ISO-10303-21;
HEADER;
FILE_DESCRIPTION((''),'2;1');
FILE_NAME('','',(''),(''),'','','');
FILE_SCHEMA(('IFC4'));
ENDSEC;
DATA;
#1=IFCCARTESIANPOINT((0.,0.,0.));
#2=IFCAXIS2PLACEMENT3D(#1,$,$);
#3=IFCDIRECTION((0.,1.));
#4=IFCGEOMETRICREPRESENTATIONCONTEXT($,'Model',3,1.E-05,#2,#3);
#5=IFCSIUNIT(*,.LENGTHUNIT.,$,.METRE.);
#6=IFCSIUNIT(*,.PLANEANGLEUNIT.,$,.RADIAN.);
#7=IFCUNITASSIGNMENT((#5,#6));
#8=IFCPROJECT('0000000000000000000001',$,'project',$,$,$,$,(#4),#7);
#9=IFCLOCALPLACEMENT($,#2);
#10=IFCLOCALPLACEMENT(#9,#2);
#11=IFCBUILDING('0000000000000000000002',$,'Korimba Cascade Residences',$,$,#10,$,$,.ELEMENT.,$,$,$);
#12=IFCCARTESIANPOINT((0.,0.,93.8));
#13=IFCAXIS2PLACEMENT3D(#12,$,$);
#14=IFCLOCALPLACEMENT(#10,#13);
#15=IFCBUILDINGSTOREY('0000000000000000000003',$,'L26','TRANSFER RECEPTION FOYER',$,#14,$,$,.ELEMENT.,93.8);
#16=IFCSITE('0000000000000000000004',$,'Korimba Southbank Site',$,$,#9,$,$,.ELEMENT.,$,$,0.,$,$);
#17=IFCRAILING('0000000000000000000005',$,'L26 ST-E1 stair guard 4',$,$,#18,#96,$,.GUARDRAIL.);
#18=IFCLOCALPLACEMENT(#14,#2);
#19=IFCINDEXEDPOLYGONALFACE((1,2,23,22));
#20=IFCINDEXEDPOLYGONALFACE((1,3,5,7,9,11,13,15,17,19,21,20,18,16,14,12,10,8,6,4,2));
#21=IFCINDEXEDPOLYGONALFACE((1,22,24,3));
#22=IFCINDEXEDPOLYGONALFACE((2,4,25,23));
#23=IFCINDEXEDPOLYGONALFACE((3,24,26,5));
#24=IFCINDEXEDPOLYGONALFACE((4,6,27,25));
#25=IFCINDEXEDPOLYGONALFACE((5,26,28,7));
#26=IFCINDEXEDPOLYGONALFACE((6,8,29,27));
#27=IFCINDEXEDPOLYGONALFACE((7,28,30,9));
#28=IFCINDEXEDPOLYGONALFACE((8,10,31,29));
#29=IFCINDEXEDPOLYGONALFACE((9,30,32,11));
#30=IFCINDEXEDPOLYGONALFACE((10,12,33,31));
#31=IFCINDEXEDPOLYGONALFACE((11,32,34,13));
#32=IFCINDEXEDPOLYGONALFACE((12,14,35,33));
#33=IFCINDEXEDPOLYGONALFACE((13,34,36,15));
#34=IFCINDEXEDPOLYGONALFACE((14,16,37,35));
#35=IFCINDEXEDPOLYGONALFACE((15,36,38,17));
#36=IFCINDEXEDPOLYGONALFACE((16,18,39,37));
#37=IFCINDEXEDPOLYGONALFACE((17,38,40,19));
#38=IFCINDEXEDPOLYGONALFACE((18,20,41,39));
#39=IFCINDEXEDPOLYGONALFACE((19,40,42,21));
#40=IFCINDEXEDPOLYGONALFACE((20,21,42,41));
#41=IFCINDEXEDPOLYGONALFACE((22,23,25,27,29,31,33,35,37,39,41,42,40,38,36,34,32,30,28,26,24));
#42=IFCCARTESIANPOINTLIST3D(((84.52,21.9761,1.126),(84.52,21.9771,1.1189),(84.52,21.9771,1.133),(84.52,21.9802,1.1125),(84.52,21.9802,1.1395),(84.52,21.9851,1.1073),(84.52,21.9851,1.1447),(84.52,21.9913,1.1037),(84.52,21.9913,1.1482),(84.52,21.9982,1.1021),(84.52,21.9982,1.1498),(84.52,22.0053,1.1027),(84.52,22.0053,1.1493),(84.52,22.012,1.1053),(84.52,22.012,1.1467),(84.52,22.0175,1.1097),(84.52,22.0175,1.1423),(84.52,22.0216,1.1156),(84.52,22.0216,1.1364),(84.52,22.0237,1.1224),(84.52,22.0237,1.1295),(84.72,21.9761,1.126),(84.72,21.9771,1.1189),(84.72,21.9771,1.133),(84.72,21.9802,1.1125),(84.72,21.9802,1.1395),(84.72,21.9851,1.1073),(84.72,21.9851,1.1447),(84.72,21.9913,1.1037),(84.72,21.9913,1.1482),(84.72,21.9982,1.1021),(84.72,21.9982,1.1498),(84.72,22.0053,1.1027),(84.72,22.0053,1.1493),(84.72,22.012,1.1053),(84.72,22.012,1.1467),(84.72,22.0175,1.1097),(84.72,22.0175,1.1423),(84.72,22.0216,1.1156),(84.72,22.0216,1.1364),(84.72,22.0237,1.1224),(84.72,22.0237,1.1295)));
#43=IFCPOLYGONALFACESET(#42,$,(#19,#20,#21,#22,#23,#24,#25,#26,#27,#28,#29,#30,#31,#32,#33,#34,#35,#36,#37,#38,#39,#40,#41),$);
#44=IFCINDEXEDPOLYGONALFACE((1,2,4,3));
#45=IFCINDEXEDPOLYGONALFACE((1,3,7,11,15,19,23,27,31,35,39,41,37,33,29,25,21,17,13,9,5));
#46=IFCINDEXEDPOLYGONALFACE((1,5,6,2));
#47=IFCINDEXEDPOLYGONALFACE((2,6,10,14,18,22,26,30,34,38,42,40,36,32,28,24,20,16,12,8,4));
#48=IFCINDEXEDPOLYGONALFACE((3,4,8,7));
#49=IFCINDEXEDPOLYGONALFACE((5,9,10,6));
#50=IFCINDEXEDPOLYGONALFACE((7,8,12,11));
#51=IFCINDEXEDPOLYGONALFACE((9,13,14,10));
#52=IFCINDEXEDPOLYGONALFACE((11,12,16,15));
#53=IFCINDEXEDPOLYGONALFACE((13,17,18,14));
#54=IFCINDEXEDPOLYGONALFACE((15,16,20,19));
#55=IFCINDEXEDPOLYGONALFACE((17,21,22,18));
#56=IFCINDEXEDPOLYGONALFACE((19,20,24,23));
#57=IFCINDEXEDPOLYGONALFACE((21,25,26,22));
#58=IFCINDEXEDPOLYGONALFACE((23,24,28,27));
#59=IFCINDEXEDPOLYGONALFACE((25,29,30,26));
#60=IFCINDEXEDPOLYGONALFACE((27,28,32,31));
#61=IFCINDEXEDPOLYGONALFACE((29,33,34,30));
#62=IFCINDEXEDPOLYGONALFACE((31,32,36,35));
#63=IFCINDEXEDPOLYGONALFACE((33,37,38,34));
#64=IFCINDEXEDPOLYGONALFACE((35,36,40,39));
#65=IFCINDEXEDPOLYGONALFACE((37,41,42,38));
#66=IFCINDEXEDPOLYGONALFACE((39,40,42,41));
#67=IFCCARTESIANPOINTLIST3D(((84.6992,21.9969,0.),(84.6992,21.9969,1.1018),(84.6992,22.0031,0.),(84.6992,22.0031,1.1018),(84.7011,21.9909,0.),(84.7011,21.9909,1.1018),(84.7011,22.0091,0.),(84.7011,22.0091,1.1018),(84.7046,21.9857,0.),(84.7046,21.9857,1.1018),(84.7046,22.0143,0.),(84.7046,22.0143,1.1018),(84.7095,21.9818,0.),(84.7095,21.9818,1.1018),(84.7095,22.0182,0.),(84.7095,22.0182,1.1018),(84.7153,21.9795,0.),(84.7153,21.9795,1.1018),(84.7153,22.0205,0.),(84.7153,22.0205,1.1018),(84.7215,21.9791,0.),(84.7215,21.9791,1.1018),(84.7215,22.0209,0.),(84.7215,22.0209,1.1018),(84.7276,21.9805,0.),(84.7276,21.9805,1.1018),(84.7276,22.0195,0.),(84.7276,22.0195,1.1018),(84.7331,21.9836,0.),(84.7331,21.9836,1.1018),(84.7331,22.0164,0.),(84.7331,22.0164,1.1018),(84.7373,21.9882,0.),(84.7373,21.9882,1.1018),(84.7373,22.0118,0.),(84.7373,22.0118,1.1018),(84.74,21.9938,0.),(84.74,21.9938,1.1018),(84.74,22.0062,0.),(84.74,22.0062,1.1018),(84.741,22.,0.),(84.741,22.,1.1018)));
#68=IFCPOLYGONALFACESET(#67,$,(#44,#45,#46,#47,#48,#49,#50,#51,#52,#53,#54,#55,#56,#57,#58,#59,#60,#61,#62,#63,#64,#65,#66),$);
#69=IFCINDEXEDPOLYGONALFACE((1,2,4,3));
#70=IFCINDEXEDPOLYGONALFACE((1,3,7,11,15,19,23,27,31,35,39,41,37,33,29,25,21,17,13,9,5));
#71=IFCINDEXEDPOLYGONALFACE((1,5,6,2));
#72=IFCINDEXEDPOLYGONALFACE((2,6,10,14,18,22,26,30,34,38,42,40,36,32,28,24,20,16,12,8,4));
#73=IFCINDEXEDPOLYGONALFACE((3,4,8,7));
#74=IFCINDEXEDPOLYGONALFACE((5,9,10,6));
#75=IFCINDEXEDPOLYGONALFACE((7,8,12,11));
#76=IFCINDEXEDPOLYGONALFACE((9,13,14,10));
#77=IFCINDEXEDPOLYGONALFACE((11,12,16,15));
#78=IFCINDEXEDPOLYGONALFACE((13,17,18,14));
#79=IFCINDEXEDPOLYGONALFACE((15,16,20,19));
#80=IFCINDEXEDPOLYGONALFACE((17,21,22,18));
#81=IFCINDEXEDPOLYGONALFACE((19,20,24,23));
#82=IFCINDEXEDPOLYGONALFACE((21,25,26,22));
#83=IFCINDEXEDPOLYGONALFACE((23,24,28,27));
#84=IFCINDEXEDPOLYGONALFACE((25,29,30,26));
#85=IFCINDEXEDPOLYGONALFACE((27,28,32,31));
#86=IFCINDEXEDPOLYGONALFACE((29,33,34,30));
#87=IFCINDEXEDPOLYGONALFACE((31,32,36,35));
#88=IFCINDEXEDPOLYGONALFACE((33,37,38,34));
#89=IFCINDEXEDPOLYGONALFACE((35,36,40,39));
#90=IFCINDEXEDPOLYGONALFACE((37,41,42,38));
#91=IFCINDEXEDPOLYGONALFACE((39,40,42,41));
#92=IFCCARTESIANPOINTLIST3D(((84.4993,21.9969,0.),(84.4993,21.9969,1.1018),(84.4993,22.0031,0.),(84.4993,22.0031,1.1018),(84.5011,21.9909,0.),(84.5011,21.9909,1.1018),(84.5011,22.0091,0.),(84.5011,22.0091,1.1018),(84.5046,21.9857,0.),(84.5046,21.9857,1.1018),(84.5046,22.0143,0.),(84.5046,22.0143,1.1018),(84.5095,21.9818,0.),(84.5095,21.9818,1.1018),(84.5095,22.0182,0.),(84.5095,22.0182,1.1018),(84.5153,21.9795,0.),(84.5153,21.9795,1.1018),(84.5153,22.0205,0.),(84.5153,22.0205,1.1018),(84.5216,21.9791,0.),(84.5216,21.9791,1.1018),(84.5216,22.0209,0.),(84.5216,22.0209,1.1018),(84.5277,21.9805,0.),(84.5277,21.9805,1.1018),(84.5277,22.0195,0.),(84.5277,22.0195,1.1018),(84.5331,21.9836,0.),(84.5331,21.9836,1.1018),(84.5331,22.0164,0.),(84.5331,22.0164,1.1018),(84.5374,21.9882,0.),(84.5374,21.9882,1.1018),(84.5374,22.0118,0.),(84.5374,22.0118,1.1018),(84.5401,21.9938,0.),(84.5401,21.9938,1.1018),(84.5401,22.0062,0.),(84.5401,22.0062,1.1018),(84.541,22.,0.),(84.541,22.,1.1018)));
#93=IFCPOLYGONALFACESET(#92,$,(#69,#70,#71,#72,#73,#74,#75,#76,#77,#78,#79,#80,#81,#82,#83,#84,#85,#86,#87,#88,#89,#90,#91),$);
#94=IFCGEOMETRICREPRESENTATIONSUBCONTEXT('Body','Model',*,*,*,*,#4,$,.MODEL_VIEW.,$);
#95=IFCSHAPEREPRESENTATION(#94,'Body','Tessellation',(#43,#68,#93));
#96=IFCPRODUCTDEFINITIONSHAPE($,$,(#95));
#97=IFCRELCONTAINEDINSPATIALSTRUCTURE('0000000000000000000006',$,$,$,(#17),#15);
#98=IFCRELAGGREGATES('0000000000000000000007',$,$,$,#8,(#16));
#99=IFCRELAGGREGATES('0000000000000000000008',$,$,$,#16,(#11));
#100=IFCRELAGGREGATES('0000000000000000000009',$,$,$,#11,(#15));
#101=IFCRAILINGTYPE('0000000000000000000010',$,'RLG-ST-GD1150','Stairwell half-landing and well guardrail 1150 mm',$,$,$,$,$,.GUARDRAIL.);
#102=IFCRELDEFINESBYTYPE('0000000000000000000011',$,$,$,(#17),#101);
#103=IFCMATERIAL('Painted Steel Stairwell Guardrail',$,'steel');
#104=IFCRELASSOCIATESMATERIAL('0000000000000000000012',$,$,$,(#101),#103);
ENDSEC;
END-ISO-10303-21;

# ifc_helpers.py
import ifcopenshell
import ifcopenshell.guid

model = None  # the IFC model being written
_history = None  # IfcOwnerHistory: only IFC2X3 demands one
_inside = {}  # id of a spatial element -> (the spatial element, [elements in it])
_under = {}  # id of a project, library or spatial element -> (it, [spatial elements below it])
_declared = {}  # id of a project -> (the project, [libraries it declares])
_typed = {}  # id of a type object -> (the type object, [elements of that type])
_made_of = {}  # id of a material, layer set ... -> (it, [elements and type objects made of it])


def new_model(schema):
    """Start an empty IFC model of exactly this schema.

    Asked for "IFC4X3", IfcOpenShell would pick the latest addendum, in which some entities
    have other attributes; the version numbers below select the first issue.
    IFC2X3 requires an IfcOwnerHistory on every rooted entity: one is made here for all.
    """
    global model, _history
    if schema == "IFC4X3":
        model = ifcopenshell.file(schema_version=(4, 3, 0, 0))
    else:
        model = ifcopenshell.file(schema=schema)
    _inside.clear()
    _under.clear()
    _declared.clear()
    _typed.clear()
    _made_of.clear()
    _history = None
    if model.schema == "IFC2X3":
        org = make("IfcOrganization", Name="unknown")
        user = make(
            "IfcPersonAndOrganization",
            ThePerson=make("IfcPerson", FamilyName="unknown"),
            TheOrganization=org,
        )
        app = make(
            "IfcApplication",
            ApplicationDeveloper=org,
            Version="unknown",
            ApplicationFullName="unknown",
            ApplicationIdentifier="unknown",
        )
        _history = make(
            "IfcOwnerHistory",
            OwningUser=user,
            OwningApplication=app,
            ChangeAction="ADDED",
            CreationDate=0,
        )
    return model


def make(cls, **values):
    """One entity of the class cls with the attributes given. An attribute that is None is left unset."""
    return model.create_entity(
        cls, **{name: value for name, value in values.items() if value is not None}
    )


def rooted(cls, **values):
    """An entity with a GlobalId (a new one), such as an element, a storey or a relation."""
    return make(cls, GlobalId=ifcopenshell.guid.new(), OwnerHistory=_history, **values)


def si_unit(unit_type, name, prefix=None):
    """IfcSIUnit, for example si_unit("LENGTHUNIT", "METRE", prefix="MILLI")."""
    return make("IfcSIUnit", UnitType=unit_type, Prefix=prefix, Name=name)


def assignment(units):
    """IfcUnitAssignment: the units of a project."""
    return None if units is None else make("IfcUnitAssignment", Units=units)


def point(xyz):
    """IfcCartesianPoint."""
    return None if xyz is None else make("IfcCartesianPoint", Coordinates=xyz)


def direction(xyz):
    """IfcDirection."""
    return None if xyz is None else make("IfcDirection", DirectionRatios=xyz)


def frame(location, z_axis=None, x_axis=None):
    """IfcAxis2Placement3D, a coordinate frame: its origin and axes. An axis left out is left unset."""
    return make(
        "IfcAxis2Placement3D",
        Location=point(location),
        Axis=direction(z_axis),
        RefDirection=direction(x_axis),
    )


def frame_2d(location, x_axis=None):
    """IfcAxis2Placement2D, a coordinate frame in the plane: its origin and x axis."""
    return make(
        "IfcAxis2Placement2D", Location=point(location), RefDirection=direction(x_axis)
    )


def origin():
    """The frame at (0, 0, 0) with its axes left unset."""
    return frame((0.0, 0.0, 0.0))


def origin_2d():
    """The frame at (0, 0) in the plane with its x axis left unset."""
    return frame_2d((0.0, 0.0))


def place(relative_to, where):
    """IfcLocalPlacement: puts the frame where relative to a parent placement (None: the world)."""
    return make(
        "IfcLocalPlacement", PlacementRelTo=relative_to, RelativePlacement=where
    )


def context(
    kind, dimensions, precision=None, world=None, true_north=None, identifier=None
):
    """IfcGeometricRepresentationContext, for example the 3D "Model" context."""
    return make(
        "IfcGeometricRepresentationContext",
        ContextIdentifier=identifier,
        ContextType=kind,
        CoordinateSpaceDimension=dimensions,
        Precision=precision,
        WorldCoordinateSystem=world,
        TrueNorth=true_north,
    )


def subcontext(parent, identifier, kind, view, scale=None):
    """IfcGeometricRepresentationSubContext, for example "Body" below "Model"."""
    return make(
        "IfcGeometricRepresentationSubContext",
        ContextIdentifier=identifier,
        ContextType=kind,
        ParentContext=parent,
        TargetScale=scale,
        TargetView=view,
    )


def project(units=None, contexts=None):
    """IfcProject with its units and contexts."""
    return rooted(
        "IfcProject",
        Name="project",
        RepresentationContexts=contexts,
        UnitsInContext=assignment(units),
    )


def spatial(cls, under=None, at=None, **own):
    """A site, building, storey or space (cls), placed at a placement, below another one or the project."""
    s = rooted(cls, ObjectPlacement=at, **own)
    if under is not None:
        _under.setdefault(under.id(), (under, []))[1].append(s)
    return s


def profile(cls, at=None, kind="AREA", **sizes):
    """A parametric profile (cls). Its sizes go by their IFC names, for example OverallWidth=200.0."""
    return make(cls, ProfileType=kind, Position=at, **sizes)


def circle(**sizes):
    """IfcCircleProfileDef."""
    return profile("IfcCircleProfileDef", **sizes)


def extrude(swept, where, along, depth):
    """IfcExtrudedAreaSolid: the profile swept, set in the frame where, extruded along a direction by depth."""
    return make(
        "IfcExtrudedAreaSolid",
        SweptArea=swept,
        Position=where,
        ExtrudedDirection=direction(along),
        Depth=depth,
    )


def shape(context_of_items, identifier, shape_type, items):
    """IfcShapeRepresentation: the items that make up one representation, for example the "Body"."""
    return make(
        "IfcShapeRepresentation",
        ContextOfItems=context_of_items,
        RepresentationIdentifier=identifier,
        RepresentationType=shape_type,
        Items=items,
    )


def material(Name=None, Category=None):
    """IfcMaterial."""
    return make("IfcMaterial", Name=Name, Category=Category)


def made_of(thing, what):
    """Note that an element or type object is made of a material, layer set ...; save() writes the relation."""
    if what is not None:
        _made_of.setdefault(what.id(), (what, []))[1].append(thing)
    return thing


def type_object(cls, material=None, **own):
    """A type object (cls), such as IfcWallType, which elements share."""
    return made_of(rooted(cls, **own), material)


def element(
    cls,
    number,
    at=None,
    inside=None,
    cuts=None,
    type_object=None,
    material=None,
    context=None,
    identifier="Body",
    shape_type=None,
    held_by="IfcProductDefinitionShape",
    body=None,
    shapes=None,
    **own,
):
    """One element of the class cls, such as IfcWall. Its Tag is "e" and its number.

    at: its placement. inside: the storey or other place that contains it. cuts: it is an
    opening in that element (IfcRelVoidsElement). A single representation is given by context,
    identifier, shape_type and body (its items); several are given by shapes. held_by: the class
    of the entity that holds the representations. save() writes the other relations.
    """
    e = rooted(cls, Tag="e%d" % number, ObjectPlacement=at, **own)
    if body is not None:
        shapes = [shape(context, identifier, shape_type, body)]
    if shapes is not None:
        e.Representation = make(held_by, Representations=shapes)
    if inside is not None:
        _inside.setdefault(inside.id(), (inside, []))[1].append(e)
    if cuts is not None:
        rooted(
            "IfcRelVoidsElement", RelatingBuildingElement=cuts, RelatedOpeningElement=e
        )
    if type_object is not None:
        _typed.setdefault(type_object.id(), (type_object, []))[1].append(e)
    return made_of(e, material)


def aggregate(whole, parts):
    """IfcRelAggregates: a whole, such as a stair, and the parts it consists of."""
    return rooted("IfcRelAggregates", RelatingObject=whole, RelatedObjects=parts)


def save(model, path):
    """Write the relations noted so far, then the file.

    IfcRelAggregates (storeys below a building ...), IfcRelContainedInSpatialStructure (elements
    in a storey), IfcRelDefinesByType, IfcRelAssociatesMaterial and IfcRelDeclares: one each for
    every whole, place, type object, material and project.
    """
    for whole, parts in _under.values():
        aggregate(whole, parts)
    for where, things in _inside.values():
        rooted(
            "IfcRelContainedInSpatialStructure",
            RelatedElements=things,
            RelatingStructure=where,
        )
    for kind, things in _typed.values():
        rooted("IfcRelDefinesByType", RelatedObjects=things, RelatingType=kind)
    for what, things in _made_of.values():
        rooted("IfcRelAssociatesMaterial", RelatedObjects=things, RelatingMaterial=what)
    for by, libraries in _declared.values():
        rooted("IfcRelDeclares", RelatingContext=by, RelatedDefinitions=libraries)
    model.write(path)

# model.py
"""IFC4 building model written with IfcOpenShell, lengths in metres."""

from ifc_helpers import new_model, si_unit, direction, frame, origin, origin_2d, place, context, subcontext, project, spatial, circle, extrude, material, type_object, element, save


model = new_model("IFC4")

# Units and contexts
model_context = context("Model", 3, precision=1e-05, world=origin(), true_north=direction((0.0, 1.0)))
body_context = subcontext(model_context, "Body", "Model", "MODEL_VIEW")
ifc_project = project(units=[si_unit("LENGTHUNIT", "METRE"), si_unit("PLANEANGLEUNIT", "RADIAN")], contexts=[model_context])

# Site, building, storey
site_placement = place(None, origin())
site = spatial("IfcSite", under=ifc_project, at=site_placement, Name="Korimba Southbank Site", CompositionType="ELEMENT", RefElevation=0.0)
building_placement = place(site_placement, origin())
building = spatial("IfcBuilding", under=site, at=building_placement, Name="Korimba Cascade Residences", CompositionType="ELEMENT")
storey_placement = place(building_placement, frame((0.0, 0.0, 93.8)))
storey = spatial("IfcBuildingStorey", under=building, at=storey_placement, Name="L26", Description="TRANSFER RECEPTION FOYER", CompositionType="ELEMENT", Elevation=93.8)

# Railing
ifc_material_1 = material(Name="Painted Steel Stairwell Guardrail", Category="steel")
railing_type = type_object("IfcRailingType", Name="RLG-ST-GD1150", Description="Stairwell half-landing and well guardrail 1150 mm", PredefinedType="GUARDRAIL", material=ifc_material_1)
railing_1_placement = place(storey_placement, frame((84.72, 22.0, 0.0)))
element("IfcRailing", 1, at=railing_1_placement, inside=storey, type_object=railing_type, Name="L26 ST-E1 stair guard 4", PredefinedType="GUARDRAIL", context=body_context, shape_type="SweptSolid", body=[
    extrude(circle(Radius=0.0239, at=origin_2d()), frame((0.0, 0.0, 1.126), z_axis=(-1.0, 0.0, 0.0), x_axis=(0.0, -1.0, 0.0)), (0.0, 0.0, 1.0), 0.2),
    extrude(circle(Radius=0.021, at=origin_2d()), origin(), (0.0, 0.0, 1.0), 1.1018),
    extrude(circle(Radius=0.021, at=origin_2d()), frame((-0.2, 0.0, 0.0)), (0.0, 0.0, 1.0), 1.1018),
])

save(model, "model.ifc")
